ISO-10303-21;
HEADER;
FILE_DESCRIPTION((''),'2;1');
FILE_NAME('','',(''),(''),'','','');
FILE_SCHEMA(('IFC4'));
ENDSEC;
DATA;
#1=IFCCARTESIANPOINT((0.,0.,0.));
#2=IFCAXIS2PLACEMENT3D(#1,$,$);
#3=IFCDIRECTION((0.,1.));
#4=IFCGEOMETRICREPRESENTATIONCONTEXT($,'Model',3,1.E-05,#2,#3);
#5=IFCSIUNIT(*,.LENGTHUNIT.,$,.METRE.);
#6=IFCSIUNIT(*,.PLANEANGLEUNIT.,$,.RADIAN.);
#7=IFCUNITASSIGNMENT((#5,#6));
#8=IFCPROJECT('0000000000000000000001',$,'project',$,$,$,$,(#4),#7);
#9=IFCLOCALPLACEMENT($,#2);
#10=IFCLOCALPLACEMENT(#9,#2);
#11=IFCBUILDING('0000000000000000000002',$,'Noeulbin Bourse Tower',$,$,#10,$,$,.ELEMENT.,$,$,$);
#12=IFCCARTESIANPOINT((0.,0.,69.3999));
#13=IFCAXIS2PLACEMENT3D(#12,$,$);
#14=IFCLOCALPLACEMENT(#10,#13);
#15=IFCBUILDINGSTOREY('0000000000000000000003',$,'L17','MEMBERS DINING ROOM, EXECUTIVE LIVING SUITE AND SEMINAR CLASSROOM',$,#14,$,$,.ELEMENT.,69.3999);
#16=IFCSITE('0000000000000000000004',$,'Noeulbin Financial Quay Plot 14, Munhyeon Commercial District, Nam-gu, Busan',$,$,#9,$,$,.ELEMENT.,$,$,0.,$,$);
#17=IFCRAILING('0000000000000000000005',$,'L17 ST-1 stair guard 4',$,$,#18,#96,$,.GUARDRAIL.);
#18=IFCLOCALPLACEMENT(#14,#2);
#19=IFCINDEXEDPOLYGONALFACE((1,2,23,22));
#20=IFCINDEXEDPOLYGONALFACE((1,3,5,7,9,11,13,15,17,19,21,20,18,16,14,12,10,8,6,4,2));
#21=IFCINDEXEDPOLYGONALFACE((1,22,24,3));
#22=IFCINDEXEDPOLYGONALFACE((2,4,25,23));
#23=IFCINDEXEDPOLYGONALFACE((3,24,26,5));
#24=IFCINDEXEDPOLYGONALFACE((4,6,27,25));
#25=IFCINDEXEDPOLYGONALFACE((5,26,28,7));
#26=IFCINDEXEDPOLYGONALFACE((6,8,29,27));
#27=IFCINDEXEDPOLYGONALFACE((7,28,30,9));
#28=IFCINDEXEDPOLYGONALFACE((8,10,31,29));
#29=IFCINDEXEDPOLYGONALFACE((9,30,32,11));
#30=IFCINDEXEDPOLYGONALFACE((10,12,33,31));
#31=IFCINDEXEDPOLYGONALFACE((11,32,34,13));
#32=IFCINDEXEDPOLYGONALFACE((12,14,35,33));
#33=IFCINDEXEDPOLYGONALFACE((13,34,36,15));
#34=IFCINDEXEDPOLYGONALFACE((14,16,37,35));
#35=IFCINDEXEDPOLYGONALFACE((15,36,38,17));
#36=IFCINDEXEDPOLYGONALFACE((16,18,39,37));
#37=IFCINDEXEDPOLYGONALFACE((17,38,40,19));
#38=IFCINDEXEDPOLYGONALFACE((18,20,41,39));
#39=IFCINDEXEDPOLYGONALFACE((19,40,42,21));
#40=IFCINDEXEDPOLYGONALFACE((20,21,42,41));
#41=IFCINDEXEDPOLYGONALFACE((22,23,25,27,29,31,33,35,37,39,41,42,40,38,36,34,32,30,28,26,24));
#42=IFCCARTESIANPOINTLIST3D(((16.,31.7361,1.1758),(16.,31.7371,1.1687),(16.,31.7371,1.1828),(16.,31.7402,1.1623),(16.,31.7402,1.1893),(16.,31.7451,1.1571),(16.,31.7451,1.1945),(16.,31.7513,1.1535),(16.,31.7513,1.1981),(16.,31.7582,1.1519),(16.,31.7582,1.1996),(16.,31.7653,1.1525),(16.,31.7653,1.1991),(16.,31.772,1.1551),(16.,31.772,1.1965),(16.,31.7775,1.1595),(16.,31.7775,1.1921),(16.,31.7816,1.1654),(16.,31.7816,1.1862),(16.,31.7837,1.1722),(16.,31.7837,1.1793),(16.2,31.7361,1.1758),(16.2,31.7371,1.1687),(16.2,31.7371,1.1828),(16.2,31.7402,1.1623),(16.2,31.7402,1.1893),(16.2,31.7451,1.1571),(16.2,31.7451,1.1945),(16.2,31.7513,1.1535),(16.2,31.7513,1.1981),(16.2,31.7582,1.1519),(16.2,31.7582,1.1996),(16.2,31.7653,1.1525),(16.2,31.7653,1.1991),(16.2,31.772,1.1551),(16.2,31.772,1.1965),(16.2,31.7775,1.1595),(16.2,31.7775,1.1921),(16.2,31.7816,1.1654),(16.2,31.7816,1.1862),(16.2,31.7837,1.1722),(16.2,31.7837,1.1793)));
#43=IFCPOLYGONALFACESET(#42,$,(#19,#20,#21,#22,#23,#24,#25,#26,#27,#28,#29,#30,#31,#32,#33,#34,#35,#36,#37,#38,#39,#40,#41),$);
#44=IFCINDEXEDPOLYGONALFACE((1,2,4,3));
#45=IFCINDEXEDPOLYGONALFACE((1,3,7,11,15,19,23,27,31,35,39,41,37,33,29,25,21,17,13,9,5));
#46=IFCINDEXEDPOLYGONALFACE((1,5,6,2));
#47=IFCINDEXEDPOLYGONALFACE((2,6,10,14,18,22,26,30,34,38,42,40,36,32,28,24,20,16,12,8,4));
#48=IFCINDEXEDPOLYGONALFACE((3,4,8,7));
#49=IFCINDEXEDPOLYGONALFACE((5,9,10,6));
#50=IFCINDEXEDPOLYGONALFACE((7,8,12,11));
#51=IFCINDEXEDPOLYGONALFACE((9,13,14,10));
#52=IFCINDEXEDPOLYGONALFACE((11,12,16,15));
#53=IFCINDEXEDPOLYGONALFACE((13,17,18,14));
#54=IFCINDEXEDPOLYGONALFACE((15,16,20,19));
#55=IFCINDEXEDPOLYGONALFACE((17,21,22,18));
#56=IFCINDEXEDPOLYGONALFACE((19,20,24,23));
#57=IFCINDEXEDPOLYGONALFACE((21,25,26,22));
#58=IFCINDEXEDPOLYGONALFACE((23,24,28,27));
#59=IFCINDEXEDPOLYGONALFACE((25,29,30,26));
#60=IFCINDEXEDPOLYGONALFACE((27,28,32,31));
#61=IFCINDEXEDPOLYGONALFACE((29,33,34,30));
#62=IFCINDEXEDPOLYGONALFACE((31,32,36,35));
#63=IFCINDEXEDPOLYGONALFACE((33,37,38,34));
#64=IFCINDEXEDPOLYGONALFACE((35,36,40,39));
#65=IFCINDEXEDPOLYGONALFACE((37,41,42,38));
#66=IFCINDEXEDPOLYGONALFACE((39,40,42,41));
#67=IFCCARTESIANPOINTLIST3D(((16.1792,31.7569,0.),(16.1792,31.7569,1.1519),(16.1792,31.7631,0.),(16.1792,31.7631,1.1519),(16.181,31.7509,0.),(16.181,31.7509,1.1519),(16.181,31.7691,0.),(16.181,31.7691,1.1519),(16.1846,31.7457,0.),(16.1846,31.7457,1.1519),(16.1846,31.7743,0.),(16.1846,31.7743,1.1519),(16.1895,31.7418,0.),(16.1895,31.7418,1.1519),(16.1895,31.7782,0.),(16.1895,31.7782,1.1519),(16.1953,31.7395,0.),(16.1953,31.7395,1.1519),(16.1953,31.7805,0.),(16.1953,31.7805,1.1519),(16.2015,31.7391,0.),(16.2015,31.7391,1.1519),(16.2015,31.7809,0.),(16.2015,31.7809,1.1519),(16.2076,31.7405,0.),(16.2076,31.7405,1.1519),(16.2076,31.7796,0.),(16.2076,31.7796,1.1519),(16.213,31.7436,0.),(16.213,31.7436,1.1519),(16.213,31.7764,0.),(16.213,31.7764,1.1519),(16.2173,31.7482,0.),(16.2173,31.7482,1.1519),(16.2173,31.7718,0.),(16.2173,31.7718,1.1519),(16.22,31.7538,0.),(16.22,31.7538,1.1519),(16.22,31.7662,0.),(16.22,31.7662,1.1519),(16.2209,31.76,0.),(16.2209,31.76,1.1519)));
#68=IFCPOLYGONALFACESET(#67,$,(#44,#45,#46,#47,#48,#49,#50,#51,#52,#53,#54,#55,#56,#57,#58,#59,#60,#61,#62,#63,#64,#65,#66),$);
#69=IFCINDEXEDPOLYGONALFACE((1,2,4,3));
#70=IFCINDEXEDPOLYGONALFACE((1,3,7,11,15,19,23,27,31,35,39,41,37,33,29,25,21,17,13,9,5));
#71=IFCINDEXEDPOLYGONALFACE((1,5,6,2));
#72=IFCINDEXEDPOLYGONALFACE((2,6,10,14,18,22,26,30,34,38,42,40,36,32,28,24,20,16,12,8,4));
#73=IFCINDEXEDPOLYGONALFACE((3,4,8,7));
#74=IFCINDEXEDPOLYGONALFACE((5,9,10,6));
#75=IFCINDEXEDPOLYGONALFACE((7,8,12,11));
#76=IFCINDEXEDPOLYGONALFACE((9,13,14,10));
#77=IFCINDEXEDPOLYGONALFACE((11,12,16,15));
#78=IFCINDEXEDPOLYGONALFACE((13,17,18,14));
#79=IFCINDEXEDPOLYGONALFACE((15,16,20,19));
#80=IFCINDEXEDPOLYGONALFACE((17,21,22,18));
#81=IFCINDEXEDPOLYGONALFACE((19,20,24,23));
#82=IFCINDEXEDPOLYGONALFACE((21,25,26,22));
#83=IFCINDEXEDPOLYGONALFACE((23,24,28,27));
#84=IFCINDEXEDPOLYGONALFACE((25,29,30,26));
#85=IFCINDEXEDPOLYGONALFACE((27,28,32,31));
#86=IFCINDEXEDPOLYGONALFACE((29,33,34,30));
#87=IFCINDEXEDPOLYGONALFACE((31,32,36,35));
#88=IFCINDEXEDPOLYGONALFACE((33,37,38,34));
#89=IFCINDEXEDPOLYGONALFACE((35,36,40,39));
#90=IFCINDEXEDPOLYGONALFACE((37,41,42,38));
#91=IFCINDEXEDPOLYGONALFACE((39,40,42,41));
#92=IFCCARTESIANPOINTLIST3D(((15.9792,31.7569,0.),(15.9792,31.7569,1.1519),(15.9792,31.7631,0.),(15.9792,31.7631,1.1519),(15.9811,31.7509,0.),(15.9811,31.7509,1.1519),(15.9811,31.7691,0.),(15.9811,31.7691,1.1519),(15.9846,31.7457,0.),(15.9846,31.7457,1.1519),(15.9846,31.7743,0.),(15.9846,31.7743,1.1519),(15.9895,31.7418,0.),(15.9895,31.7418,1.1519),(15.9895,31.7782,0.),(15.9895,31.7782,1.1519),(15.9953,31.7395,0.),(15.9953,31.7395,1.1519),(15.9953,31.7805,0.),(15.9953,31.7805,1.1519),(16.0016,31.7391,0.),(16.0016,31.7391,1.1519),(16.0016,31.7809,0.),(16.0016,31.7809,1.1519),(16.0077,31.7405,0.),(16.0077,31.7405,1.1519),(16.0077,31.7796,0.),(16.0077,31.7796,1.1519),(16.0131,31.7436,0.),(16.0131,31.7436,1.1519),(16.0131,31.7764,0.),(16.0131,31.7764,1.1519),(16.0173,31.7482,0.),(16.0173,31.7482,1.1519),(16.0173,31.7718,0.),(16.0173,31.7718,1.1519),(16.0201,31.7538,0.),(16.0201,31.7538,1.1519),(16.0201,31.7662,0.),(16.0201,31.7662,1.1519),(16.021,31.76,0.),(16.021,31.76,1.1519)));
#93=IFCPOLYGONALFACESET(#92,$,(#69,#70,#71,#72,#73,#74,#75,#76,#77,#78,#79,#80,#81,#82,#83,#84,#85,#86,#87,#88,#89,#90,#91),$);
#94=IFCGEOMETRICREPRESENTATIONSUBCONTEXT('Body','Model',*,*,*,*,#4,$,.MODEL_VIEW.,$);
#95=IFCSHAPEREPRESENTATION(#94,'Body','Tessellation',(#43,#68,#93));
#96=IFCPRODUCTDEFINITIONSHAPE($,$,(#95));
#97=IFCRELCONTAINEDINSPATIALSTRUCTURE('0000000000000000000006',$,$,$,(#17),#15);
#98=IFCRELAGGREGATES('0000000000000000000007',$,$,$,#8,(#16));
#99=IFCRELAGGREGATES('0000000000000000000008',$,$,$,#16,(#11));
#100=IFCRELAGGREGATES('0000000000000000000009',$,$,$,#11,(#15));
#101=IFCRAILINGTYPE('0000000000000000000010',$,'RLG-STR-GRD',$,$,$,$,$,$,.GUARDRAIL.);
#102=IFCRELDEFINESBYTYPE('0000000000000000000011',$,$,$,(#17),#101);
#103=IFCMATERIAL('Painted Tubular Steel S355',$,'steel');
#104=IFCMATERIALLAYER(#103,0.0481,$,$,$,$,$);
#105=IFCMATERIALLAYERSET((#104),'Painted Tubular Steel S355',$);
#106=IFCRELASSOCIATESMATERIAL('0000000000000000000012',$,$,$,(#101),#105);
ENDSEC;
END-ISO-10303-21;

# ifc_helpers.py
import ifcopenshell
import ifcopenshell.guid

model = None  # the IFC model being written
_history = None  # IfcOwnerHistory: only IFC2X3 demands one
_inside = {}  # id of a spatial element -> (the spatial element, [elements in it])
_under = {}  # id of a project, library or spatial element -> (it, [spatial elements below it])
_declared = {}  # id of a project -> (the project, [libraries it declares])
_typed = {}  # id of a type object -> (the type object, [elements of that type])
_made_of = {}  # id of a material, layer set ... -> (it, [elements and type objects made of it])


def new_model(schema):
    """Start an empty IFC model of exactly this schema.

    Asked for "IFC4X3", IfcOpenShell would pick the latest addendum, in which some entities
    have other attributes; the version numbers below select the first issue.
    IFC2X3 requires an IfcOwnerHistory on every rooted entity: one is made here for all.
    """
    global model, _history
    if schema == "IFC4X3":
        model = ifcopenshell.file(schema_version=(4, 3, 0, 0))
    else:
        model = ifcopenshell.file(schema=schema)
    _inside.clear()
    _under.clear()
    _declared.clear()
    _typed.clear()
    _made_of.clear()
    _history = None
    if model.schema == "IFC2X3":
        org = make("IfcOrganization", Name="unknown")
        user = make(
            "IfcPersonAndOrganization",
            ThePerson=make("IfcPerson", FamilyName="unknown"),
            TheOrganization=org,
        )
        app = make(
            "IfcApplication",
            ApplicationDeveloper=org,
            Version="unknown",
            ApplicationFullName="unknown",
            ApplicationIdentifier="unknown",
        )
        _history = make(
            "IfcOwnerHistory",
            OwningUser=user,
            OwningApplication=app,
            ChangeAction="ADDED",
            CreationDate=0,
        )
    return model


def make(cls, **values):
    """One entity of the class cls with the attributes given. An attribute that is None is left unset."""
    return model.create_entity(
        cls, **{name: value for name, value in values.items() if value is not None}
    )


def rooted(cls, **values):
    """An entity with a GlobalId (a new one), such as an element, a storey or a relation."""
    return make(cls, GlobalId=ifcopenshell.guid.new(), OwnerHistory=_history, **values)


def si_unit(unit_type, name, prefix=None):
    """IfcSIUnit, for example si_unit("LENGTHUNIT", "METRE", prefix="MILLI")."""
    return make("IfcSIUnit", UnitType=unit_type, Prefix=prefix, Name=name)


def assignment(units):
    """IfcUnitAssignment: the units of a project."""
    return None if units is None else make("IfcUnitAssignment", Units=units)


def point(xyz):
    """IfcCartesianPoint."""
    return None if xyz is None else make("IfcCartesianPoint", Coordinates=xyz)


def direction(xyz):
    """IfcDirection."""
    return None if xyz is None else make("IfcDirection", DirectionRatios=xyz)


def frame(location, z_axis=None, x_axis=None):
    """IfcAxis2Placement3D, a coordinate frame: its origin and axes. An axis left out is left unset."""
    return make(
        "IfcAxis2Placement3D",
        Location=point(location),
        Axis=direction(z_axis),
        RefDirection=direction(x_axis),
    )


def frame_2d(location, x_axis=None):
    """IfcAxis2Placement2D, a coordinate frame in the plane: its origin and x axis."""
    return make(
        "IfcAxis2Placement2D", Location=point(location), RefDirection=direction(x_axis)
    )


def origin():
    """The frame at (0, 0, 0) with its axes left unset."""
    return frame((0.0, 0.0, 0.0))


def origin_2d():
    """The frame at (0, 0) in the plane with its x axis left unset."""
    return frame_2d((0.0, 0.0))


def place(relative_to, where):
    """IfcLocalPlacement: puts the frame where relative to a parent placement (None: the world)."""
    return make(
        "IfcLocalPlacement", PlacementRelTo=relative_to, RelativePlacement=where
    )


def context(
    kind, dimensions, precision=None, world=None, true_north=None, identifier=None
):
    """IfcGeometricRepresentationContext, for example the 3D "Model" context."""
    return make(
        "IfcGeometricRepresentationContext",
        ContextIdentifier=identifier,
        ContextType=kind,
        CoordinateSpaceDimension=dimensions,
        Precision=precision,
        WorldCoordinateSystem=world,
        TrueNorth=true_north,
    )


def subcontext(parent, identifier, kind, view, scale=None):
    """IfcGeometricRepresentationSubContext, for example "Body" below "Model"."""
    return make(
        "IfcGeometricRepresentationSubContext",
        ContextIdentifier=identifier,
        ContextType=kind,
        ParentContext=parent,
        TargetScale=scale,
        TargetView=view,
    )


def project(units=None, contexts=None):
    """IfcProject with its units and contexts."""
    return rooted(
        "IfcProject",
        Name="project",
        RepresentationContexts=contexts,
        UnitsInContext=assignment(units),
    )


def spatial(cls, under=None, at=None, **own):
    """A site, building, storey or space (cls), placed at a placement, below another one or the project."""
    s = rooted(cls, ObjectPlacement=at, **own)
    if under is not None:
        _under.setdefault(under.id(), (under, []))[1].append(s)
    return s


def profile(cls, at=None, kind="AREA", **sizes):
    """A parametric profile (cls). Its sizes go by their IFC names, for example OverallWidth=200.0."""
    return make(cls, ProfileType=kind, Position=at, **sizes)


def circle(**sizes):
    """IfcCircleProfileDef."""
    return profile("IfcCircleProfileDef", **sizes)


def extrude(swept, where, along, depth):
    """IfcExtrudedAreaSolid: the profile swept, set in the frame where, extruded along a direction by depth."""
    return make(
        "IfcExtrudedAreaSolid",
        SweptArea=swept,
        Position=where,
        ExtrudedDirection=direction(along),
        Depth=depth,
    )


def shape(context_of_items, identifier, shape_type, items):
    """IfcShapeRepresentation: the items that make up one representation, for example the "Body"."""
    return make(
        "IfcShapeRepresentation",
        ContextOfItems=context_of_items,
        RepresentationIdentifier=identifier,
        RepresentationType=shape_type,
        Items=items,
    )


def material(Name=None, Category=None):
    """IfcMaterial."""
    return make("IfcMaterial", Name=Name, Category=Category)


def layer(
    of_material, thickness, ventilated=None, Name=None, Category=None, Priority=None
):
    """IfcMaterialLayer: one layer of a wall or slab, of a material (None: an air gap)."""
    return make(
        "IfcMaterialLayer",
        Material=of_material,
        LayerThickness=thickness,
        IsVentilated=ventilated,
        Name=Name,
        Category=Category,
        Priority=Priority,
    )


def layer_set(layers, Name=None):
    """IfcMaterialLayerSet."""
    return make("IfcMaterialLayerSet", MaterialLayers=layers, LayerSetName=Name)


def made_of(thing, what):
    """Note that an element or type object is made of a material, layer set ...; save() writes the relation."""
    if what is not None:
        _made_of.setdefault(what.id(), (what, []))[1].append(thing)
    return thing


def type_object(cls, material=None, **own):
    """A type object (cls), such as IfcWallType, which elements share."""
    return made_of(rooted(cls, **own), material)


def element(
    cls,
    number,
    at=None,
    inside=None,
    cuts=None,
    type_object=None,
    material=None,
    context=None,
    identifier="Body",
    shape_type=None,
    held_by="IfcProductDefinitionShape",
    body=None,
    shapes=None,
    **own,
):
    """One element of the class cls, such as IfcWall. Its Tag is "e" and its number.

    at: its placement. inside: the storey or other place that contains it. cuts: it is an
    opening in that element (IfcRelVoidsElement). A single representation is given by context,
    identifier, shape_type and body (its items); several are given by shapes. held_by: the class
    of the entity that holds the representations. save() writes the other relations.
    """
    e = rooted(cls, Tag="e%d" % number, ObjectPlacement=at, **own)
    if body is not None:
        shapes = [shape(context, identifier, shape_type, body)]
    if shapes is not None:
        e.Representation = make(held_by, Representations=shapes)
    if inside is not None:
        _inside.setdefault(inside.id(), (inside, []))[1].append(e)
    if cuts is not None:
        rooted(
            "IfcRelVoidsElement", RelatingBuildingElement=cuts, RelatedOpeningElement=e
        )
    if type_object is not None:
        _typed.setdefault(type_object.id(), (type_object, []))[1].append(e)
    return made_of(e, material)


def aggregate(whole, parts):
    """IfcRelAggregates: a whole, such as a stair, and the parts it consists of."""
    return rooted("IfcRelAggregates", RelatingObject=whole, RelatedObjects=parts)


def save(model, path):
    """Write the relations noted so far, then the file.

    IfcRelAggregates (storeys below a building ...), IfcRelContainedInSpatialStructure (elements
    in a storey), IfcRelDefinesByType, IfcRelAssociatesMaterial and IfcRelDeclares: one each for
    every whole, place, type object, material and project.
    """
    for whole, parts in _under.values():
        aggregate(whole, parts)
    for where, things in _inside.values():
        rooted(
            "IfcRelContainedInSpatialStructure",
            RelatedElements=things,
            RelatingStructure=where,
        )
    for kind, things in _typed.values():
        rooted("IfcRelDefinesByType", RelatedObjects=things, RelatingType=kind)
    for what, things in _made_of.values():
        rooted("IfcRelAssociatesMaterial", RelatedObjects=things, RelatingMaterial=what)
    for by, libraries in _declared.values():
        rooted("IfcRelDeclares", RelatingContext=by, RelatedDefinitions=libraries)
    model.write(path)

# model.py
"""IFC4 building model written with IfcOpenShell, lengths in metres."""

from ifc_helpers import new_model, si_unit, direction, frame, origin, origin_2d, place, context, subcontext, project, spatial, circle, extrude, material, layer, layer_set, type_object, element, save


model = new_model("IFC4")

# Units and contexts
model_context = context("Model", 3, precision=1e-05, world=origin(), true_north=direction((0.0, 1.0)))
body_context = subcontext(model_context, "Body", "Model", "MODEL_VIEW")
ifc_project = project(units=[si_unit("LENGTHUNIT", "METRE"), si_unit("PLANEANGLEUNIT", "RADIAN")], contexts=[model_context])

# Site, building, storey
site_placement = place(None, origin())
site = spatial("IfcSite", under=ifc_project, at=site_placement, Name="Noeulbin Financial Quay Plot 14, Munhyeon Commercial District, Nam-gu, Busan", CompositionType="ELEMENT", RefElevation=0.0)
building_placement = place(site_placement, origin())
building = spatial("IfcBuilding", under=site, at=building_placement, Name="Noeulbin Bourse Tower", CompositionType="ELEMENT")
storey_placement = place(building_placement, frame((0.0, 0.0, 69.3999)))
storey = spatial("IfcBuildingStorey", under=building, at=storey_placement, Name="L17", Description="MEMBERS DINING ROOM, EXECUTIVE LIVING SUITE AND SEMINAR CLASSROOM", CompositionType="ELEMENT", Elevation=69.3999)

# Railing
ifc_material_1 = material(Name="Painted Tubular Steel S355", Category="steel")
ifc_layer_1 = layer(ifc_material_1, 0.0481)
ifc_layer_set_1 = layer_set([ifc_layer_1], Name="Painted Tubular Steel S355")
railing_type_1 = type_object("IfcRailingType", Name="RLG-STR-GRD", PredefinedType="GUARDRAIL", material=ifc_layer_set_1)
railing_1_placement = place(storey_placement, frame((16.2, 31.76, 0.0)))
element("IfcRailing", 1, at=railing_1_placement, inside=storey, type_object=railing_type_1, Name="L17 ST-1 stair guard 4", PredefinedType="GUARDRAIL", context=body_context, shape_type="SweptSolid", body=[
    extrude(circle(Radius=0.0239, at=origin_2d()), frame((0.0, 0.0, 1.1758), z_axis=(-1.0, 0.0, 0.0), x_axis=(0.0, -1.0, 0.0)), (0.0, 0.0, 1.0), 0.2),
    extrude(circle(Radius=0.021, at=origin_2d()), origin(), (0.0, 0.0, 1.0), 1.1519),
    extrude(circle(Radius=0.021, at=origin_2d()), frame((-0.2, 0.0, 0.0)), (0.0, 0.0, 1.0), 1.1519),
])

save(model, "model.ifc")
